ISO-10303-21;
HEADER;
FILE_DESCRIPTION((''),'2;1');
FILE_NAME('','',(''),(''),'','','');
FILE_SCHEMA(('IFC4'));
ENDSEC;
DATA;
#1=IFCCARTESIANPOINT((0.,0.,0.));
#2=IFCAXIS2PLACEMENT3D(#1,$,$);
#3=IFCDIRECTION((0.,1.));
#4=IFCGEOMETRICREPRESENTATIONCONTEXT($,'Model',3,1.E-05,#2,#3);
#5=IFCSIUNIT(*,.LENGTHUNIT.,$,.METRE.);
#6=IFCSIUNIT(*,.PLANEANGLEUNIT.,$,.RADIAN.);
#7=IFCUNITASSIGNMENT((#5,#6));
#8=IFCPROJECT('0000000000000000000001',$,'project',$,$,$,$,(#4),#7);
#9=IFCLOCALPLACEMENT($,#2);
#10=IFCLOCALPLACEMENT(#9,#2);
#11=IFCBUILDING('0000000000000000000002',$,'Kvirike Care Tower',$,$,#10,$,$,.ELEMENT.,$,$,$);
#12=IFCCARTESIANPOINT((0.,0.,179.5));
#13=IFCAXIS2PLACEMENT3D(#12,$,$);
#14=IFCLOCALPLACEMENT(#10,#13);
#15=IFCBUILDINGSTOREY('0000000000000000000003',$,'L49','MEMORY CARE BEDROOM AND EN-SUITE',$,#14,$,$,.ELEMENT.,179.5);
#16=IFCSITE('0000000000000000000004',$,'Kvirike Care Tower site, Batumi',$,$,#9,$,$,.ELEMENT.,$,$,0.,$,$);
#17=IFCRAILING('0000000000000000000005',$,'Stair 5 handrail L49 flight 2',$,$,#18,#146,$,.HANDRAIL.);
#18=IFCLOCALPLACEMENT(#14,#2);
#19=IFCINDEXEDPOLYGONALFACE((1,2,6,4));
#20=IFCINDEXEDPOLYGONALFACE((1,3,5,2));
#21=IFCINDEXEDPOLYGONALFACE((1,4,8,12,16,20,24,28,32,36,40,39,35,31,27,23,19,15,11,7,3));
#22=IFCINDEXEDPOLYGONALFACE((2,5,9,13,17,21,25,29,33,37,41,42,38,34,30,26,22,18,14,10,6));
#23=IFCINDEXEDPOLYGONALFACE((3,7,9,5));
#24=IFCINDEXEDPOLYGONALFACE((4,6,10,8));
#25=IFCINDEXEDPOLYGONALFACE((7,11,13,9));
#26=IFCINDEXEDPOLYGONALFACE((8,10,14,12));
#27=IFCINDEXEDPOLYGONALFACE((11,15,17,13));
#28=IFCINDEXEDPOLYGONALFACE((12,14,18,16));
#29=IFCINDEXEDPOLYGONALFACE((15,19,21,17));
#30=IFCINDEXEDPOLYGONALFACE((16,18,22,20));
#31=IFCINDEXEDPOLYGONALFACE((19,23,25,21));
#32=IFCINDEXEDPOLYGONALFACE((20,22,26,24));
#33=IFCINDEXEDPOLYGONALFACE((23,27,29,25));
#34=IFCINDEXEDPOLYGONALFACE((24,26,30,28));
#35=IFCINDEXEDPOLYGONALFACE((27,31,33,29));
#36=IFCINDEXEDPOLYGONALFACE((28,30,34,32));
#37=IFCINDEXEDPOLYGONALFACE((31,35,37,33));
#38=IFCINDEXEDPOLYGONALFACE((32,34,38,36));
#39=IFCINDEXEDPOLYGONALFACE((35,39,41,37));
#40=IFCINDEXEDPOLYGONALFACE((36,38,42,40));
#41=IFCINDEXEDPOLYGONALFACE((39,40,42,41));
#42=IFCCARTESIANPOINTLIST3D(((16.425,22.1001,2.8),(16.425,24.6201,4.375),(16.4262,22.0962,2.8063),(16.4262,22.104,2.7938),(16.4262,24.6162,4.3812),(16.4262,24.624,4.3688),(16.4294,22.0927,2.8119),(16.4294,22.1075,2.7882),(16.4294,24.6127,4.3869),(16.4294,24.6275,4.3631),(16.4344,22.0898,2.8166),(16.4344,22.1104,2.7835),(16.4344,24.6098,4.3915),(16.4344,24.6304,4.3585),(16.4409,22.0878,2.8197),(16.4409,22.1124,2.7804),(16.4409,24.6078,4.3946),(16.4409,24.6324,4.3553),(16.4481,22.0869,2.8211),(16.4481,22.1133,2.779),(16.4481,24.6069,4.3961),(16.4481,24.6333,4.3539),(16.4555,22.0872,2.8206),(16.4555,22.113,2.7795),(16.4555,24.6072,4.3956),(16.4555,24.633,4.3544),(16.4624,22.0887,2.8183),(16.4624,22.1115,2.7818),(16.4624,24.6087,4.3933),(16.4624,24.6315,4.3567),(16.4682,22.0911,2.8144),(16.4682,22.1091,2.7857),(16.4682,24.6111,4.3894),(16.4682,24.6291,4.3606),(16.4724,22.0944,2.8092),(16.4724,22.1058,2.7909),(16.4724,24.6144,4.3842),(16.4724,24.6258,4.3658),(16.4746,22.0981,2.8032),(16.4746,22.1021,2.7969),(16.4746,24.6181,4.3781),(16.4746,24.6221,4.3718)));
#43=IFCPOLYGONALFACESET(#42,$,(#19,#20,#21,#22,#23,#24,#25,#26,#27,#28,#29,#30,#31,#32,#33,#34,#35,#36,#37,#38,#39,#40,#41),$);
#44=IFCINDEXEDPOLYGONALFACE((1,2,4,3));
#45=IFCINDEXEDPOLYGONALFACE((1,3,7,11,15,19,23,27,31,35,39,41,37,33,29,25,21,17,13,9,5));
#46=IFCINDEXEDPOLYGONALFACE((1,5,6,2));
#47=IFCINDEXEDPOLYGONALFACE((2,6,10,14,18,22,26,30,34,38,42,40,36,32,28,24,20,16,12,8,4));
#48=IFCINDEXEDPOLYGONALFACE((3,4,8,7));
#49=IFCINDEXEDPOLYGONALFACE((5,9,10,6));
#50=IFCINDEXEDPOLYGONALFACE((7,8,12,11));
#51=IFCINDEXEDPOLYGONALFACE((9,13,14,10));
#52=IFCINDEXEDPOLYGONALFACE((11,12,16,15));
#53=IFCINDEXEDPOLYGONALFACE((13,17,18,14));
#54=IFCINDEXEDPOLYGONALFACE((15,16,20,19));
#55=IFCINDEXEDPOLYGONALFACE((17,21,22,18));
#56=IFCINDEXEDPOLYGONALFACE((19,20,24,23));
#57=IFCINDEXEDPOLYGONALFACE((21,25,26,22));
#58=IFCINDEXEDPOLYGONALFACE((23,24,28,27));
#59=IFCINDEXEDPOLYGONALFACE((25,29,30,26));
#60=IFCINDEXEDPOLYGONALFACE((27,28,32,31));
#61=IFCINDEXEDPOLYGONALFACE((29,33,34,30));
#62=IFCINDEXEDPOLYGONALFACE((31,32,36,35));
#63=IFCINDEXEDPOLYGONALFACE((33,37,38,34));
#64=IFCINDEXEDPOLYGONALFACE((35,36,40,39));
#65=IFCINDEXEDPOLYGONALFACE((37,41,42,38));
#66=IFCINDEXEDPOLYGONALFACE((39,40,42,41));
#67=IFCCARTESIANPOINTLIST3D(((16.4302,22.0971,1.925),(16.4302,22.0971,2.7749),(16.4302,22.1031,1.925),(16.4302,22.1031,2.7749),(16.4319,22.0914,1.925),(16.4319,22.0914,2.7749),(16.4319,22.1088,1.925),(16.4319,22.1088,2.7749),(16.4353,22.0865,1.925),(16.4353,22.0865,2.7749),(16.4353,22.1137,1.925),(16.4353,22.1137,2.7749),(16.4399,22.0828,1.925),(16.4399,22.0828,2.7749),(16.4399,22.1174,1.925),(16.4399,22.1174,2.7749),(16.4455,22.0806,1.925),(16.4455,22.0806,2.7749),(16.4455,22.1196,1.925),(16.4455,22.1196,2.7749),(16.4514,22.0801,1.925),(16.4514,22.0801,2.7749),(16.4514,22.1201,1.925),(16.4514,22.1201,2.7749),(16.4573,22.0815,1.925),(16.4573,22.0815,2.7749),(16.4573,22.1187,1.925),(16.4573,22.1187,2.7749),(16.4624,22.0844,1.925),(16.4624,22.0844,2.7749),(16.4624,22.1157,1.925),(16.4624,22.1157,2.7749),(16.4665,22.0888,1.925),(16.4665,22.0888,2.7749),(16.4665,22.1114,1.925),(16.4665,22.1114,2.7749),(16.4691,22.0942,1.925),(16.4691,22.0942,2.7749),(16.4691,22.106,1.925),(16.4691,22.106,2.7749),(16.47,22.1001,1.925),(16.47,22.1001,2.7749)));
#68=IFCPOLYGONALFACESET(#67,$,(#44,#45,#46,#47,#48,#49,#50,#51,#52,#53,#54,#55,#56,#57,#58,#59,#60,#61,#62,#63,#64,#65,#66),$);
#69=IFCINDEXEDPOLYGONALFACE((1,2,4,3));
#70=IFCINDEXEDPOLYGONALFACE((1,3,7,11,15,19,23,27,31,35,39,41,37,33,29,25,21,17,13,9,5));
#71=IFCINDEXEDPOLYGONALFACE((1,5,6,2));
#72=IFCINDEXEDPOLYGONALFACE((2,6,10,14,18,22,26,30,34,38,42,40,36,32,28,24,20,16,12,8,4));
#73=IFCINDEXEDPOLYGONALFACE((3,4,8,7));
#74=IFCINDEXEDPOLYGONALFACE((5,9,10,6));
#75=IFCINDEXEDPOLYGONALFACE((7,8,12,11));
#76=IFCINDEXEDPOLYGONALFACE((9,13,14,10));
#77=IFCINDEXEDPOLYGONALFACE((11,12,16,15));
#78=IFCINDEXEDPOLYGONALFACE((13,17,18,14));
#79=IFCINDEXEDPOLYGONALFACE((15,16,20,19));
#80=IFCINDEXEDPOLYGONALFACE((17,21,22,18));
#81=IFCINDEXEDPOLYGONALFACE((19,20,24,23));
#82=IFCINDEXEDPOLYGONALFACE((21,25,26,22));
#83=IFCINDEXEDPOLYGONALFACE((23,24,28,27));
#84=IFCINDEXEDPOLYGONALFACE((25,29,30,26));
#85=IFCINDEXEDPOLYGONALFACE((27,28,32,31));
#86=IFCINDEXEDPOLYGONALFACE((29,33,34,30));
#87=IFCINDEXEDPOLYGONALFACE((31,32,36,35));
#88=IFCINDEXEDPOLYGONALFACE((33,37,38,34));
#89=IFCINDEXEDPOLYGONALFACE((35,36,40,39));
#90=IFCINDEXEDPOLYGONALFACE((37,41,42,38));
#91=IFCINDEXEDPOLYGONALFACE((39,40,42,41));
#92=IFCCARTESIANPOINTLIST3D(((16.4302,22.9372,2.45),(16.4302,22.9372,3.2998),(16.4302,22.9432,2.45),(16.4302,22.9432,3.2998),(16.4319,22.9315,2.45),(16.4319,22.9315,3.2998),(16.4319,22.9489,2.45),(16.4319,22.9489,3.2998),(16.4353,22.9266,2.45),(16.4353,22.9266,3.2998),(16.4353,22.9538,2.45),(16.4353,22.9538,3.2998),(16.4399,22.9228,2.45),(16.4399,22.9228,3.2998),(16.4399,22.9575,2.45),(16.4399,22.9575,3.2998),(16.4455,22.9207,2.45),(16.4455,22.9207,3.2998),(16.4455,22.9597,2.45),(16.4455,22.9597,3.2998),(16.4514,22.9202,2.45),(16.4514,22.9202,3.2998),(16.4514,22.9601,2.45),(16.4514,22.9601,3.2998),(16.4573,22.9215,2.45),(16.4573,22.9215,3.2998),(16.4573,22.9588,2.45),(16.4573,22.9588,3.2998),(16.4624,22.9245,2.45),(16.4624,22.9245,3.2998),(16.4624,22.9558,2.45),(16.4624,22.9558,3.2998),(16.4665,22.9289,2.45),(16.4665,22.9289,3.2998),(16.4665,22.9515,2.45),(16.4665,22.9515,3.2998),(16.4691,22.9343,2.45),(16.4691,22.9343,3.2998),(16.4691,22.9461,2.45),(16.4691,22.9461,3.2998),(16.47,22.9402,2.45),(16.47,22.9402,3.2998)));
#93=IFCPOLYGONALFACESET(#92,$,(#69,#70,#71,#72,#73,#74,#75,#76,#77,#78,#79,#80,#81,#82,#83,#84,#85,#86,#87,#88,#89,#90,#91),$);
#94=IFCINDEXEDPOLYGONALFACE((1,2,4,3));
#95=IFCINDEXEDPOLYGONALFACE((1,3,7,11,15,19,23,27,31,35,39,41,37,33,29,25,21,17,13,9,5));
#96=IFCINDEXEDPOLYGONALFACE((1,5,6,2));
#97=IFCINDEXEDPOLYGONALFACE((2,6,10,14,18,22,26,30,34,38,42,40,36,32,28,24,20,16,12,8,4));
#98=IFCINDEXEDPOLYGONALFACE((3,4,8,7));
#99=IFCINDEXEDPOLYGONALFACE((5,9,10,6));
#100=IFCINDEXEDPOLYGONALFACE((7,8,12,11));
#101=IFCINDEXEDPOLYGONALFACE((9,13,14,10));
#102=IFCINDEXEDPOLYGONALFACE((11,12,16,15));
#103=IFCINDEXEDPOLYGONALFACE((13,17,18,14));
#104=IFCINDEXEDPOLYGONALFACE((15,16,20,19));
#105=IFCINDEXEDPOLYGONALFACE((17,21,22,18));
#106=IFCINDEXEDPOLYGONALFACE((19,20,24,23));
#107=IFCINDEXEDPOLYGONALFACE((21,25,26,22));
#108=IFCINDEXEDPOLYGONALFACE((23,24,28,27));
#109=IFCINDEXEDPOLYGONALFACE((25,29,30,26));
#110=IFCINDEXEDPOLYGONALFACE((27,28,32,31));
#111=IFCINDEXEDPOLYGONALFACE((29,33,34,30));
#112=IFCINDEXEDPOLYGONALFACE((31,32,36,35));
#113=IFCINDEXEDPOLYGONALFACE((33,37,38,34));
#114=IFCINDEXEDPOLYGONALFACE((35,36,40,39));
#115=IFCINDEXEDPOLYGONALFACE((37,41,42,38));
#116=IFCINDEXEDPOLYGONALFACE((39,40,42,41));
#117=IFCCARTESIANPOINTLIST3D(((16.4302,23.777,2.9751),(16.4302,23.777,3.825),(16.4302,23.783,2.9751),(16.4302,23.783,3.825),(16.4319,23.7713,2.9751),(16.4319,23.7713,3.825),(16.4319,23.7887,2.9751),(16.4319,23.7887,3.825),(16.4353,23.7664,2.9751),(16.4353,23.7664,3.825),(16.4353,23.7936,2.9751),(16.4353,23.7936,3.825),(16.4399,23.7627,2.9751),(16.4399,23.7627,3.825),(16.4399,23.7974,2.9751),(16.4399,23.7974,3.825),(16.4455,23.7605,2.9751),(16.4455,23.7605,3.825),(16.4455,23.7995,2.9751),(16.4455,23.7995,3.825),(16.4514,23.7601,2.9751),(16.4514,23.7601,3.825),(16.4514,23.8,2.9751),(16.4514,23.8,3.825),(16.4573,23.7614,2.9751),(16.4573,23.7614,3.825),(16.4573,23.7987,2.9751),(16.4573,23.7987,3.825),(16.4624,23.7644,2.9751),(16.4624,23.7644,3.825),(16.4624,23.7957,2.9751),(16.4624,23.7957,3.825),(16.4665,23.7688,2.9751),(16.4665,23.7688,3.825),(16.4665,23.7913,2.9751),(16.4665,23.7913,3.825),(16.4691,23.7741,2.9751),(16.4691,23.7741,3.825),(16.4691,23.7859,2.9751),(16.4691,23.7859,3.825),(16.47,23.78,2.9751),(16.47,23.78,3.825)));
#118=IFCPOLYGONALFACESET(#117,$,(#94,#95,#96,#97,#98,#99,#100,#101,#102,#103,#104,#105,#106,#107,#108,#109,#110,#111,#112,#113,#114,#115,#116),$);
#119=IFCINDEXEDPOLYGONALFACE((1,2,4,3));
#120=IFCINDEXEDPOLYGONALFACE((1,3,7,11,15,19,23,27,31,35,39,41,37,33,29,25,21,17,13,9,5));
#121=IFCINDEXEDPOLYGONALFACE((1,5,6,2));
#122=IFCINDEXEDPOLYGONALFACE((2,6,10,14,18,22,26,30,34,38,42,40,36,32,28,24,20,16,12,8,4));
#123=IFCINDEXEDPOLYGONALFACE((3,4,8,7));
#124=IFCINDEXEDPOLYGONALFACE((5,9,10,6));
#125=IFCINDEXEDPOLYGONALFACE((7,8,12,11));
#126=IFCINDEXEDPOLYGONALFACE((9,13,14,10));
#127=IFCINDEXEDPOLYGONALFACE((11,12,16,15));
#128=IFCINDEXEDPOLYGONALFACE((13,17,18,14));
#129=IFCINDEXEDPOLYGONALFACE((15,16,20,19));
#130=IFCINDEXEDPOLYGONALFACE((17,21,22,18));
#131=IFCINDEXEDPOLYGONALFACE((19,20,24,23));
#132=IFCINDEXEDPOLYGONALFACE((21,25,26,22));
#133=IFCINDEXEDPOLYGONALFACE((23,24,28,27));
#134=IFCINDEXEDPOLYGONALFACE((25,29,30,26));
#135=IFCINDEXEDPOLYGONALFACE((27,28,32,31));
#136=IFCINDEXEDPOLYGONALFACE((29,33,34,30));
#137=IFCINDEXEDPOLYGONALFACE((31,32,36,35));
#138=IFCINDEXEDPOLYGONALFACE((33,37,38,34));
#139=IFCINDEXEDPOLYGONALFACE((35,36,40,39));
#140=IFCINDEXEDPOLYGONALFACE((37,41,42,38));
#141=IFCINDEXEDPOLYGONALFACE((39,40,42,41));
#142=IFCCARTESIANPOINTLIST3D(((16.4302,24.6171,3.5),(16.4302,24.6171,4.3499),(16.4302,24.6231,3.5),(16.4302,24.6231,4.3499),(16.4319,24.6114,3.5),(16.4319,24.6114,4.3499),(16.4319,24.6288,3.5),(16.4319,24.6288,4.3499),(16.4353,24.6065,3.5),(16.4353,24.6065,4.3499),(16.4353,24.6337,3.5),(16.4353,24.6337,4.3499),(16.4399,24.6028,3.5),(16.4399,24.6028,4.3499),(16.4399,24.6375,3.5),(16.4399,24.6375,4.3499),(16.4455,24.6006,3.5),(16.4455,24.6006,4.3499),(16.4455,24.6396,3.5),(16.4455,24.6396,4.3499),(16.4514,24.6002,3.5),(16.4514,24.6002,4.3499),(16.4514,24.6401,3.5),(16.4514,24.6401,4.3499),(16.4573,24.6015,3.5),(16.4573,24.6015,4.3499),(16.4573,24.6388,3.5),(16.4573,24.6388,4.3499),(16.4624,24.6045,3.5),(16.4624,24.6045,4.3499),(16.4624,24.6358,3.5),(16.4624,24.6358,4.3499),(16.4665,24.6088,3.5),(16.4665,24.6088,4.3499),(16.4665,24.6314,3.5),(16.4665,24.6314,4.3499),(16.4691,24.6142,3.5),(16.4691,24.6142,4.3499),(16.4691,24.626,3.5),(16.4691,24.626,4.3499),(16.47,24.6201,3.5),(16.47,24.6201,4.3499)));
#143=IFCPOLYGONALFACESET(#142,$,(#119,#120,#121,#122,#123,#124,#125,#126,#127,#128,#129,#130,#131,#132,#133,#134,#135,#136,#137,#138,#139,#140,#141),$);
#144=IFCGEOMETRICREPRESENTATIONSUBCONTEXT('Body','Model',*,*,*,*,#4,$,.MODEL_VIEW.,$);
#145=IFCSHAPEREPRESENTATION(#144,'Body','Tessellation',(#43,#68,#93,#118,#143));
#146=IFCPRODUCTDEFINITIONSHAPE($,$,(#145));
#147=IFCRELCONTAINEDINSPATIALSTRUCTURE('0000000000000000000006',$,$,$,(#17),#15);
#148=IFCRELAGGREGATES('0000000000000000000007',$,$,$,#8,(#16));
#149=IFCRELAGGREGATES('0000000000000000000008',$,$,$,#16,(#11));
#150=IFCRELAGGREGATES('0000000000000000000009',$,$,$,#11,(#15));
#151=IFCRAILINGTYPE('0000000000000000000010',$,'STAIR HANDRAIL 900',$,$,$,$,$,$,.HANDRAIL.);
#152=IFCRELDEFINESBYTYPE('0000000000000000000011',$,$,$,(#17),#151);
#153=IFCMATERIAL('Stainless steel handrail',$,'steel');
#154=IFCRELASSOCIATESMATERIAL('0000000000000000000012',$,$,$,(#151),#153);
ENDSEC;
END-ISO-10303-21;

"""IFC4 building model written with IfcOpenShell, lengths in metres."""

from ifc_helpers import new_model, si_unit, direction, frame, origin, origin_2d, place, context, subcontext, project, spatial, circle, extrude, material, type_object, element, save


model = new_model("IFC4")

# Units and contexts
model_context = context("Model", 3, precision=1e-05, world=origin(), true_north=direction((0.0, 1.0)))
body_context = subcontext(model_context, "Body", "Model", "MODEL_VIEW")
ifc_project = project(units=[si_unit("LENGTHUNIT", "METRE"), si_unit("PLANEANGLEUNIT", "RADIAN")], contexts=[model_context])

# Site, building, storey
site_placement = place(None, origin())
site = spatial("IfcSite", under=ifc_project, at=site_placement, Name="Kvirike Care Tower site, Batumi", CompositionType="ELEMENT", RefElevation=0.0)
building_placement = place(site_placement, origin())
building = spatial("IfcBuilding", under=site, at=building_placement, Name="Kvirike Care Tower", CompositionType="ELEMENT")
storey_placement = place(building_placement, frame((0.0, 0.0, 179.5)))
storey = spatial("IfcBuildingStorey", under=building, at=storey_placement, Name="L49", Description="MEMORY CARE BEDROOM AND EN-SUITE", CompositionType="ELEMENT", Elevation=179.5)

# Railing
ifc_material_1 = material(Name="Stainless steel handrail", Category="steel")
railing_type = type_object("IfcRailingType", Name="STAIR HANDRAIL 900", PredefinedType="HANDRAIL", material=ifc_material_1)
railing_placement = place(storey_placement, frame((16.45, 22.1001, 1.925)))
element("IfcRailing", 1, at=railing_placement, inside=storey, type_object=railing_type, Name="Stair 5 handrail L49 flight 2", PredefinedType="HANDRAIL", context=body_context, shape_type="SweptSolid", body=[
    extrude(circle(Radius=0.0249, at=origin_2d()), frame((0.0, 0.0, 0.875), z_axis=(0.0, 0.848008, 0.529984), x_axis=(-1.0, 0.0, 0.0)), (0.0, 0.0, 1.0), 2.9717),
    extrude(circle(Radius=0.02, at=origin_2d()), origin(), (0.0, 0.0, 1.0), 0.8499),
    extrude(circle(Radius=0.02, at=origin_2d()), frame((0.0, 0.8401, 0.5249)), (0.0, 0.0, 1.0), 0.8499),
    extrude(circle(Radius=0.02, at=origin_2d()), frame((0.0, 1.6799, 1.05)), (0.0, 0.0, 1.0), 0.8499),
    extrude(circle(Radius=0.02, at=origin_2d()), frame((0.0, 2.52, 1.575)), (0.0, 0.0, 1.0), 0.8499),
])

save(model, "model.ifc")
